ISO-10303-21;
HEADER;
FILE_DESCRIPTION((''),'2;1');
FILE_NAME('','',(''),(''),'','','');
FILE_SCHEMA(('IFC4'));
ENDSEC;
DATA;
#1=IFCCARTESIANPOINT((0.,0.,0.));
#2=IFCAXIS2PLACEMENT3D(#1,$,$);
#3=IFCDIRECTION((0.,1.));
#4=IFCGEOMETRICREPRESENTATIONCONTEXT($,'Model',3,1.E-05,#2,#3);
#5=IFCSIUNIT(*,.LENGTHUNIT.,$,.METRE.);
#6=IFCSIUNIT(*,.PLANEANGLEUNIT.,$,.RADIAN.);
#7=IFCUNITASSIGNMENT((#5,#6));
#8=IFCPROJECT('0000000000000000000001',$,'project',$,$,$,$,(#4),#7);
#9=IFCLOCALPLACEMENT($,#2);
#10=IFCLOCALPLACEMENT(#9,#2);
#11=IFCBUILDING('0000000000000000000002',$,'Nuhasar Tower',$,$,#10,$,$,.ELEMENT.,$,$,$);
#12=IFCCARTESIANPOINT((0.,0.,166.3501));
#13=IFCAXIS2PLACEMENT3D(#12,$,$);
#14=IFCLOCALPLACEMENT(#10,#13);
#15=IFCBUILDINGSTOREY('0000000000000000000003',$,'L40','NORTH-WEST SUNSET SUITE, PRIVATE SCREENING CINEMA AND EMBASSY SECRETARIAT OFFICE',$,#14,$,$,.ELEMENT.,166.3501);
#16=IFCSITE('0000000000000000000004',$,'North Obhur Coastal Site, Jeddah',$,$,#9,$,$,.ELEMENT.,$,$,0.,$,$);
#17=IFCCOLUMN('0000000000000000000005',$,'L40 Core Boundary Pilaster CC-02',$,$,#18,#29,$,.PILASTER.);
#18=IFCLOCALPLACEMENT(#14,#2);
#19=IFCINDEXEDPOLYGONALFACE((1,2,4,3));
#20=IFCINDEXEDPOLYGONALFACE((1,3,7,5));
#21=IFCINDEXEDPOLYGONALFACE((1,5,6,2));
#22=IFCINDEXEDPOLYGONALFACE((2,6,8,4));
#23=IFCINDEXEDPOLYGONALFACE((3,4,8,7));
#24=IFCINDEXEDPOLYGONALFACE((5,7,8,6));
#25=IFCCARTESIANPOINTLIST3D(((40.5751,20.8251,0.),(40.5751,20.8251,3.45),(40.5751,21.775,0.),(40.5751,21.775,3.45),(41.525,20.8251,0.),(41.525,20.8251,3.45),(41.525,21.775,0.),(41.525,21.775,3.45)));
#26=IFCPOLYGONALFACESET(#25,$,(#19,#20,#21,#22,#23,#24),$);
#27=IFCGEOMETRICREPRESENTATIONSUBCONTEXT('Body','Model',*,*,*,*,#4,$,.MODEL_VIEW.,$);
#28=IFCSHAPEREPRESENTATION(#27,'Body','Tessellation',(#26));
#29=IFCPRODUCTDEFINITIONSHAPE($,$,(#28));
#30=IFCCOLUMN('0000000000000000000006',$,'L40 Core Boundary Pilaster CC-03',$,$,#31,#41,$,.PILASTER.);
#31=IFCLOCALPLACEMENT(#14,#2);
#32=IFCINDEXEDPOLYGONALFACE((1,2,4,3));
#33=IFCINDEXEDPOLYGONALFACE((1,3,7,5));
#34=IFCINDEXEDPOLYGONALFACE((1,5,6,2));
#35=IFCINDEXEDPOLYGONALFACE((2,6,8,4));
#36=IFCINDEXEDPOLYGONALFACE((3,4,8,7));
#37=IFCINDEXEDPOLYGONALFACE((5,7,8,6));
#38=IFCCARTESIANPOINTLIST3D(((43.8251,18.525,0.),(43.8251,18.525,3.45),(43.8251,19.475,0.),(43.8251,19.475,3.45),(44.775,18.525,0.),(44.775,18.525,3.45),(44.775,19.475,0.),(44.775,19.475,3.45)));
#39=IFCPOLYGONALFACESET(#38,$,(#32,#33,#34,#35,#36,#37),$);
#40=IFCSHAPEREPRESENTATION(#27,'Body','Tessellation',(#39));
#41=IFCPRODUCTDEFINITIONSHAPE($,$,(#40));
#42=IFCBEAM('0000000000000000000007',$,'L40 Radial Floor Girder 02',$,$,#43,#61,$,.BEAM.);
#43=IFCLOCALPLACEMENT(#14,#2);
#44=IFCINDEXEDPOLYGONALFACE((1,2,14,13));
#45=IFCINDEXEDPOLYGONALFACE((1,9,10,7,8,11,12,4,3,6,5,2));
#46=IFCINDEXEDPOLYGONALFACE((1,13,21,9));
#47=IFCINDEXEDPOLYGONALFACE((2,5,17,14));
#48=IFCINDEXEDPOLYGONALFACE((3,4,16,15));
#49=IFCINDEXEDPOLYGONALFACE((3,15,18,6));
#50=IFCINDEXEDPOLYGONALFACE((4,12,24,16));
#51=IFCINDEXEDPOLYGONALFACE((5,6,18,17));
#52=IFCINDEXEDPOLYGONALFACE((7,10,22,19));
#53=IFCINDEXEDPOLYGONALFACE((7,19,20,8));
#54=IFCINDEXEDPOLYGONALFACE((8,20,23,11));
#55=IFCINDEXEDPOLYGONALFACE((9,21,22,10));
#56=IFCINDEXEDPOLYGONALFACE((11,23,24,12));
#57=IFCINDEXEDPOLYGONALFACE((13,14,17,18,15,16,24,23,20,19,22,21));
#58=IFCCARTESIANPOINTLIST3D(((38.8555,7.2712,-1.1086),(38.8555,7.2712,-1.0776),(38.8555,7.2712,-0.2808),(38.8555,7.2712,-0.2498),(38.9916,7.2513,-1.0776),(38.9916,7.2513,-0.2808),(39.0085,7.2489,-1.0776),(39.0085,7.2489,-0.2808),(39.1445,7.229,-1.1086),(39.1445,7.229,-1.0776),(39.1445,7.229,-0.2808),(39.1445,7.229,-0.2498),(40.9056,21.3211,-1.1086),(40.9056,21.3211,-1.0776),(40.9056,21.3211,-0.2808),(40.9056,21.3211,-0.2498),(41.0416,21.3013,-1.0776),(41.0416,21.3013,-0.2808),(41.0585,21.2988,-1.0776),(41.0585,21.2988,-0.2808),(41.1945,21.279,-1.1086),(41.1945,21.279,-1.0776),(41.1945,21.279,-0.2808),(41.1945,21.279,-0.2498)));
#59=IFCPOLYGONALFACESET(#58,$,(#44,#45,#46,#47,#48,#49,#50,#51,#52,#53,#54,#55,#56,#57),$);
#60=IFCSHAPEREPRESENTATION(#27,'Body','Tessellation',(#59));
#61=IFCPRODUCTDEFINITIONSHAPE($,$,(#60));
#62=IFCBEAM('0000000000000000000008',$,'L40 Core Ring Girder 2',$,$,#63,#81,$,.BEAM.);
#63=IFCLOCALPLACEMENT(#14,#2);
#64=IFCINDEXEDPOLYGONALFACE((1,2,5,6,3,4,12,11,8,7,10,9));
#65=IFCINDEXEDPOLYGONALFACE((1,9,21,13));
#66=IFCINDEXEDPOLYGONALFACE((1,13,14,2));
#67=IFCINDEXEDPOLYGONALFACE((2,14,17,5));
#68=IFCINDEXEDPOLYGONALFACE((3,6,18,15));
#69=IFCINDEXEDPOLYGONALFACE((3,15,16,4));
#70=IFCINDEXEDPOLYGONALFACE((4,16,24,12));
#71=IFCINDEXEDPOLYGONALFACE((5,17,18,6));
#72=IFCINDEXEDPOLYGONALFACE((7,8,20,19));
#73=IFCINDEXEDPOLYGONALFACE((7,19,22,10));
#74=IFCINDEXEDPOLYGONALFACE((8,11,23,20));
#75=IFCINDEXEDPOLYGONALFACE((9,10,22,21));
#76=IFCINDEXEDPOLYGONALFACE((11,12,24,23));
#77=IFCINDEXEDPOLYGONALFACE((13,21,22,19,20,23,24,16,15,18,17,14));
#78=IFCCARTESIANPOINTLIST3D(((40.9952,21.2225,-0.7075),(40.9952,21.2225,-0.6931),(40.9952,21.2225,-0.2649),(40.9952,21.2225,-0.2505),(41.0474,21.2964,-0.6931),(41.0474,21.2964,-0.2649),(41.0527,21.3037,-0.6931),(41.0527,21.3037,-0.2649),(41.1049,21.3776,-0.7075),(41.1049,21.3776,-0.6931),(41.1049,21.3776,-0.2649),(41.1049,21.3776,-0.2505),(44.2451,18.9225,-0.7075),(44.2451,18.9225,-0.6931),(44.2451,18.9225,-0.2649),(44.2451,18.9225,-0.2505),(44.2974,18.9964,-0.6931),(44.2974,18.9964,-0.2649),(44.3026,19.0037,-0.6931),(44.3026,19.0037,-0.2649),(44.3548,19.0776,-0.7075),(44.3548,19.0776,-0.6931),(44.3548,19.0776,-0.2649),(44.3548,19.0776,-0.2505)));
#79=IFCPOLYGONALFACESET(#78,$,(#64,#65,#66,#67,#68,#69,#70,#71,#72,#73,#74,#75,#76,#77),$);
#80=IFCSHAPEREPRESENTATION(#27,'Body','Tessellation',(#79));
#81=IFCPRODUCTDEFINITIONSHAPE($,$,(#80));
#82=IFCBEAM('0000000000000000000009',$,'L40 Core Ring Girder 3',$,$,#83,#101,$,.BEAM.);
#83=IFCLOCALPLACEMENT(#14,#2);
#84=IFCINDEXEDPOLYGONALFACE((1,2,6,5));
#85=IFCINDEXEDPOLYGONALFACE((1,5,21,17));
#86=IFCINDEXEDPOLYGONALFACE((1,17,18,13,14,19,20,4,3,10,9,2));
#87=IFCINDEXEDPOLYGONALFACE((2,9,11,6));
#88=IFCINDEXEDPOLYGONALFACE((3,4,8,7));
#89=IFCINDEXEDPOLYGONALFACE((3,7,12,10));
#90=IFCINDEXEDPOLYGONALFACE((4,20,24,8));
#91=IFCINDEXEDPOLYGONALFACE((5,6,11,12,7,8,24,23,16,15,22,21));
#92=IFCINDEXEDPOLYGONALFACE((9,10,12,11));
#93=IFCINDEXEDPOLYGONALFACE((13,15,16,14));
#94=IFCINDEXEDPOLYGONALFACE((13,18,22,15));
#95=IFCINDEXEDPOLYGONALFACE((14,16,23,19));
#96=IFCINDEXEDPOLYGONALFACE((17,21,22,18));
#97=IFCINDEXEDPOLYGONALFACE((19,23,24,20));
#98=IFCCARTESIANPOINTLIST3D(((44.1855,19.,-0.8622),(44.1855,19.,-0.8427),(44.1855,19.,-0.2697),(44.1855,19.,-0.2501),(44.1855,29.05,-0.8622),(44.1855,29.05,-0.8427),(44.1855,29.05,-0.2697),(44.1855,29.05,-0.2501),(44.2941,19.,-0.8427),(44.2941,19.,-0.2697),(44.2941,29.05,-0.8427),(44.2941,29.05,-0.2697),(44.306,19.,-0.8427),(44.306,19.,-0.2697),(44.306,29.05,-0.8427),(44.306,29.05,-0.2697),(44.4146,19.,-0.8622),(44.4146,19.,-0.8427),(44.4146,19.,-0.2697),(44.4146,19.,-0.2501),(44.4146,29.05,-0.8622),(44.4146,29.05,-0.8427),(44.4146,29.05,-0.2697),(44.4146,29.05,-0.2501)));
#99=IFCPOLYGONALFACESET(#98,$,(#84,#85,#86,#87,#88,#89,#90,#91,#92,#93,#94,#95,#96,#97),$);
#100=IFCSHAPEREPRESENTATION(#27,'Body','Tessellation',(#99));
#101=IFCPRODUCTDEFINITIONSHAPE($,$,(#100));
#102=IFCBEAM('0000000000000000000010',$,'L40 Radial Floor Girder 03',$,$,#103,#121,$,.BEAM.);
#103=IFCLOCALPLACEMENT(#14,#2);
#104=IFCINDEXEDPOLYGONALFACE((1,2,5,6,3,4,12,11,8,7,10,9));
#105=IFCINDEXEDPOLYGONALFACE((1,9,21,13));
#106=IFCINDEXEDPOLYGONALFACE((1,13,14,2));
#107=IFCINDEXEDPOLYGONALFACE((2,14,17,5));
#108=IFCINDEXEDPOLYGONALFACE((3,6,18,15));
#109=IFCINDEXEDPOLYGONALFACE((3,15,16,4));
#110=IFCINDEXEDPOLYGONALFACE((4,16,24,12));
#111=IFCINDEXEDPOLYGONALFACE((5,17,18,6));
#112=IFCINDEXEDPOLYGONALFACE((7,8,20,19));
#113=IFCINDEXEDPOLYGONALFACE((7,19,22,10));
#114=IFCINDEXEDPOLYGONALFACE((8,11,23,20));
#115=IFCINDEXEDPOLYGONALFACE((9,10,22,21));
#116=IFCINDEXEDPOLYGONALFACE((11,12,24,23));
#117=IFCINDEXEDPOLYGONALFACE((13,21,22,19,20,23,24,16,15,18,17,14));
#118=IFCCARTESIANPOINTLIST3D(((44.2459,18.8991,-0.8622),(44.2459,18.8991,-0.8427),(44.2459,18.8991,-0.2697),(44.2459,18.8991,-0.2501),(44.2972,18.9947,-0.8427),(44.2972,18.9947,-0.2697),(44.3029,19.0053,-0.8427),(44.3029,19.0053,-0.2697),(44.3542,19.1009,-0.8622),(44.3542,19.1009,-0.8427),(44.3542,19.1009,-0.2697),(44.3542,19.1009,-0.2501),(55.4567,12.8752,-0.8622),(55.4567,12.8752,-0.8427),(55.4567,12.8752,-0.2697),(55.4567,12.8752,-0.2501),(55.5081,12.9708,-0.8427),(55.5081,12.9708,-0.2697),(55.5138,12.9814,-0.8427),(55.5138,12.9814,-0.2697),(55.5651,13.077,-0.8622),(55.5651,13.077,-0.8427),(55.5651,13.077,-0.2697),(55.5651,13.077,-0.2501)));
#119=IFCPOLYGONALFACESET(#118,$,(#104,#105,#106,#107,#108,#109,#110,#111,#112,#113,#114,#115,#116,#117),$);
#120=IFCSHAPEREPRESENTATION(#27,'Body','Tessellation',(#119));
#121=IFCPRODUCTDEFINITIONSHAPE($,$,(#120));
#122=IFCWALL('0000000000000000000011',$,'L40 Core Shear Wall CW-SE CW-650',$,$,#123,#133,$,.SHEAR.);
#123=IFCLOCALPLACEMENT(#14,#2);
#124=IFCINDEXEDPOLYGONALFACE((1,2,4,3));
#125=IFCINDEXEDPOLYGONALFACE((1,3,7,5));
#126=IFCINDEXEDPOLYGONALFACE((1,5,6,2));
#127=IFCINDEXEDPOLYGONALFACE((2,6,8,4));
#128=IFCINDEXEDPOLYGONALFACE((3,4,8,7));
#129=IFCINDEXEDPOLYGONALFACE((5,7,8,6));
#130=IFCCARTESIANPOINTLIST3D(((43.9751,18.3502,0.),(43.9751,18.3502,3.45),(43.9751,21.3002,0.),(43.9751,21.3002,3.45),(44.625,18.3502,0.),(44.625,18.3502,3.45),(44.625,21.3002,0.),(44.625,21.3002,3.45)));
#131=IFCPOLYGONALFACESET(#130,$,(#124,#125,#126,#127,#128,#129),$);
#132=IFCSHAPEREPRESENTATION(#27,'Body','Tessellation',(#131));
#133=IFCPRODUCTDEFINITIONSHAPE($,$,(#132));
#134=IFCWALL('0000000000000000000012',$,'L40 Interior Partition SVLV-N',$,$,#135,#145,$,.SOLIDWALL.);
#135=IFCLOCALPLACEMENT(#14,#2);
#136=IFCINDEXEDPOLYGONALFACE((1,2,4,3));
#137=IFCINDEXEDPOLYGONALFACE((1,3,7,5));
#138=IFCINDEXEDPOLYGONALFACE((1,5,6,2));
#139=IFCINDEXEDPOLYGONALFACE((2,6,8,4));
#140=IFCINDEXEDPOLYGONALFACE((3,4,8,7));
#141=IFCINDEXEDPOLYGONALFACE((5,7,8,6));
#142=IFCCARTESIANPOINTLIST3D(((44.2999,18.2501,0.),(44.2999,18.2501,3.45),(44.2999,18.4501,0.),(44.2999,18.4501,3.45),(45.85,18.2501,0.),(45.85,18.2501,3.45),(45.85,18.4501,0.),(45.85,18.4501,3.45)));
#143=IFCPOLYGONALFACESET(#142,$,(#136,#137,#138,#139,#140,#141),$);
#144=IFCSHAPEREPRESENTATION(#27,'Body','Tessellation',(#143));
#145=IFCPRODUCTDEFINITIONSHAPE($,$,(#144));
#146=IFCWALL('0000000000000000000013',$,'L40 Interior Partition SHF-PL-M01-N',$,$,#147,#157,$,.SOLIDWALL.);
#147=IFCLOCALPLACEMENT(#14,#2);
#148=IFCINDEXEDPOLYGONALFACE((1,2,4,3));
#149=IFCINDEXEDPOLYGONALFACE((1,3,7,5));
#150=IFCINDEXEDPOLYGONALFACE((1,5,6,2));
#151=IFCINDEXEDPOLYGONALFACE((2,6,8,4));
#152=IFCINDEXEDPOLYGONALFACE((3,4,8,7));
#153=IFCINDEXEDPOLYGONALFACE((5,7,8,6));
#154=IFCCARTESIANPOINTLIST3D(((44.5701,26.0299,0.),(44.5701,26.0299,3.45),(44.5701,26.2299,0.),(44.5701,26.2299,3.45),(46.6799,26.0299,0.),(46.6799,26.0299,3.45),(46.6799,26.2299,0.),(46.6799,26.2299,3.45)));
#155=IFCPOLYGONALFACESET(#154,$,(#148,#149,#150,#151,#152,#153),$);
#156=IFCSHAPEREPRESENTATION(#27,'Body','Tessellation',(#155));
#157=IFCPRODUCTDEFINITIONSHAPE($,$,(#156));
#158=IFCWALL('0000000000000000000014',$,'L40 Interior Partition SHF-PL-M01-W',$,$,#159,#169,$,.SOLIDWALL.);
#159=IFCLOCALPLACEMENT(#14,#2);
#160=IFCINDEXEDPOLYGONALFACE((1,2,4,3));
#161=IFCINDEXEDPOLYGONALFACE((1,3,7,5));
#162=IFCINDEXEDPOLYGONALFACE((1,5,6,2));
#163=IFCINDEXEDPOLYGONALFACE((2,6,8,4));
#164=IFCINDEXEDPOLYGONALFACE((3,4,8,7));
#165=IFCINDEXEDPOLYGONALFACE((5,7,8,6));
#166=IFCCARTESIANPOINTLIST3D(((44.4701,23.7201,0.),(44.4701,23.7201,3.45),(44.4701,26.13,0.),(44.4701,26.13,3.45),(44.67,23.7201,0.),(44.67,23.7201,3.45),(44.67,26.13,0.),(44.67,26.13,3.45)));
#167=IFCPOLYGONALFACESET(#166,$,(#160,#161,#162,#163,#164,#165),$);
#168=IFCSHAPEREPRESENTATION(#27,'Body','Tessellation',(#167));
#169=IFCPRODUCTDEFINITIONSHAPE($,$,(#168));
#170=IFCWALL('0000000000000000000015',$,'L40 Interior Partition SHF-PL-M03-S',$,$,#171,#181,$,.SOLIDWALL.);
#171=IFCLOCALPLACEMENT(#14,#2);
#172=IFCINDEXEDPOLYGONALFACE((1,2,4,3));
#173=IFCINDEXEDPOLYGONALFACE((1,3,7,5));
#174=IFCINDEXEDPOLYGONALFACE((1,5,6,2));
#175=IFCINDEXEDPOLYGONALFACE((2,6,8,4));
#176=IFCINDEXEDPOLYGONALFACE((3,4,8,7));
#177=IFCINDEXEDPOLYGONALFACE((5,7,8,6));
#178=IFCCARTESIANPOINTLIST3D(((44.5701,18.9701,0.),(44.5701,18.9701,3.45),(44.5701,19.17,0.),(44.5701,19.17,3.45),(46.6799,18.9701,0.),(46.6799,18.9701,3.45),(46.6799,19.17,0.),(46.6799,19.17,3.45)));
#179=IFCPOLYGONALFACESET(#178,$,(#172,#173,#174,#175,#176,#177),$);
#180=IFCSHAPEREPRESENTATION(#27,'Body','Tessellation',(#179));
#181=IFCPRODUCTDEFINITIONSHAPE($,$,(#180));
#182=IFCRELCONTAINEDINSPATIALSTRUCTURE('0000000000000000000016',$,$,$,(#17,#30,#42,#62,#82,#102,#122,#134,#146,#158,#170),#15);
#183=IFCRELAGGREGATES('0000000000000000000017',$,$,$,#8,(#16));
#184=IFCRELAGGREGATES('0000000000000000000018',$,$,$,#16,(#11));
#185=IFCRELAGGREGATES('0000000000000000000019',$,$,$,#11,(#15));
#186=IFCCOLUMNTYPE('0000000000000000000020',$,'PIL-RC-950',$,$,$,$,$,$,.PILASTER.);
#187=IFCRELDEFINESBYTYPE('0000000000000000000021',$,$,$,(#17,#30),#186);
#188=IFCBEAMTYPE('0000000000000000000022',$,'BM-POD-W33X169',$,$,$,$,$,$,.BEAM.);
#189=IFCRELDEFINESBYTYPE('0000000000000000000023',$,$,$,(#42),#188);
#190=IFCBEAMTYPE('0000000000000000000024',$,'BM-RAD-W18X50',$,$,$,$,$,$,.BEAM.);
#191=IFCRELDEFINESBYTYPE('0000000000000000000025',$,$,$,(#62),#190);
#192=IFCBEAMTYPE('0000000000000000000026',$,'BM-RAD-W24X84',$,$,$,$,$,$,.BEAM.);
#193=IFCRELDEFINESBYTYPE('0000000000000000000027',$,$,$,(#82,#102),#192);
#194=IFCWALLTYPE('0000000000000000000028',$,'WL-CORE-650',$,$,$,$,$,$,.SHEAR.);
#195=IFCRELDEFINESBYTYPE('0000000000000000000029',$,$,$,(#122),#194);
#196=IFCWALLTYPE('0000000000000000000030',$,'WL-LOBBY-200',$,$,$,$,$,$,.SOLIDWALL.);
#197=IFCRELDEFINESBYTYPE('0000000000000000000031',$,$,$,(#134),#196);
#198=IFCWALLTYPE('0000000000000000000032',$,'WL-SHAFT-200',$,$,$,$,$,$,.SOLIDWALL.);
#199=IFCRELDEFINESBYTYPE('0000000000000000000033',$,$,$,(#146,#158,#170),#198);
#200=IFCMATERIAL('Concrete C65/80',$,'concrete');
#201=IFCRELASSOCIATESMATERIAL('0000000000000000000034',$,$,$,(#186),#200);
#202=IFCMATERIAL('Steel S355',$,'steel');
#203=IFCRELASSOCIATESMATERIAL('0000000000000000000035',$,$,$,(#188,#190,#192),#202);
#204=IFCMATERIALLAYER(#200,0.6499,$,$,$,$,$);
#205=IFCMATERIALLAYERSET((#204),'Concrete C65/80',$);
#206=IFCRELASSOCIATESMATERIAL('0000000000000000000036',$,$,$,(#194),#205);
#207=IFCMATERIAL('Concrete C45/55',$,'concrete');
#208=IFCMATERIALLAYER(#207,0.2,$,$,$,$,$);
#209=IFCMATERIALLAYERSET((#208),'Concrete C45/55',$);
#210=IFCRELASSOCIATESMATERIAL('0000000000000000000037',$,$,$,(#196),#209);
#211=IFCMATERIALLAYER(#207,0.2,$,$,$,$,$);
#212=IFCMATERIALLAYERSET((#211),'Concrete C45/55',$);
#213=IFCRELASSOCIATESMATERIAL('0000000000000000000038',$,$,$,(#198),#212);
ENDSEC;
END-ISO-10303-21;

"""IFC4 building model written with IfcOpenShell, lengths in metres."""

from ifc_helpers import new_model, si_unit, direction, frame, frame_2d, origin, origin_2d, place, context, subcontext, project, spatial, rectangle, i_section, extrude, material, layer, layer_set, material_profile, profile_set, type_object, element, save


model = new_model("IFC4")

# Units and contexts
model_context = context("Model", 3, precision=1e-05, world=origin(), true_north=direction((0.0, 1.0)))
body_context = subcontext(model_context, "Body", "Model", "MODEL_VIEW")
ifc_project = project(units=[si_unit("LENGTHUNIT", "METRE"), si_unit("PLANEANGLEUNIT", "RADIAN")], contexts=[model_context])

# Site, building, storey
site_placement = place(None, origin())
site = spatial("IfcSite", under=ifc_project, at=site_placement, Name="North Obhur Coastal Site, Jeddah", CompositionType="ELEMENT", RefElevation=0.0)
building_placement = place(site_placement, origin())
building = spatial("IfcBuilding", under=site, at=building_placement, Name="Nuhasar Tower", CompositionType="ELEMENT")
storey_placement = place(building_placement, frame((0.0, 0.0, 166.3501)))
storey = spatial("IfcBuildingStorey", under=building, at=storey_placement, Name="L40", Description="NORTH-WEST SUNSET SUITE, PRIVATE SCREENING CINEMA AND EMBASSY SECRETARIAT OFFICE", CompositionType="ELEMENT", Elevation=166.3501)

# Columns
ifc_material_1 = material(Name="Concrete C65/80", Category="concrete")
ifc_material_profile_1 = material_profile(ifc_material_1, rectangle(XDim=0.95, YDim=0.95, at=origin_2d()), Name="RC950X950")
ifc_profile_set_1 = profile_set([ifc_material_profile_1], Name="Concrete C65/80")
column_type = type_object("IfcColumnType", Name="PIL-RC-950", PredefinedType="PILASTER", material=ifc_profile_set_1)
for number, where, z_axis, x_axis, name in (
    (1, (41.05, 21.3, 0.0), (0.0, 0.0, 1.0), (1.0, 0.0, 0.0), "L40 Core Boundary Pilaster CC-02"),
    (2, (44.3, 19.0, 0.0), (0.0, 0.0, 1.0), (1.0, 0.0, 0.0), "L40 Core Boundary Pilaster CC-03"),
):
    element("IfcColumn", number, at=place(storey_placement, frame(where, z_axis=z_axis, x_axis=x_axis)), inside=storey, type_object=column_type, Name=name, PredefinedType="PILASTER", context=body_context, shape_type="SweptSolid", body=[
        extrude(rectangle(XDim=0.95, YDim=0.95, at=origin_2d()), origin(), (0.0, 0.0, 1.0), 3.45),
    ])

# Beams
ifc_material_2 = material(Name="Steel S355", Category="steel")
ifc_material_profile_2 = material_profile(ifc_material_2, i_section(OverallWidth=0.292, OverallDepth=0.8589, WebThickness=0.0171, FlangeThickness=0.031, at=origin_2d()), Name="W33X169")
ifc_profile_set_2 = profile_set([ifc_material_profile_2], Name="Steel S355")
beam_type_1 = type_object("IfcBeamType", Name="BM-POD-W33X169", PredefinedType="BEAM", material=ifc_profile_set_2)
beam_1_placement = place(storey_placement, frame((41.05, 21.3, -0.6792), z_axis=(-0.144382, -0.989522, 0.0), x_axis=(0.989522, -0.144382, 0.0)))
element("IfcBeam", 3, at=beam_1_placement, inside=storey, type_object=beam_type_1, Name="L40 Radial Floor Girder 02", PredefinedType="BEAM", context=body_context, shape_type="SweptSolid", body=[
    extrude(i_section(OverallWidth=0.292, OverallDepth=0.8589, WebThickness=0.0171, FlangeThickness=0.031, at=origin_2d()), origin(), (0.0, 0.0, 1.0), 14.1987),
])
ifc_material_profile_3 = material_profile(ifc_material_2, i_section(OverallWidth=0.1899, OverallDepth=0.457, WebThickness=0.009, FlangeThickness=0.0144, at=origin_2d()), Name="W18X50")
ifc_profile_set_3 = profile_set([ifc_material_profile_3], Name="Steel S355")
beam_type_2 = type_object("IfcBeamType", Name="BM-RAD-W18X50", PredefinedType="BEAM", material=ifc_profile_set_3)
beam_2_placement = place(storey_placement, frame((41.05, 21.3, -0.479), z_axis=(0.816265, -0.577677, 0.0), x_axis=(0.577677, 0.816265, 0.0)))
element("IfcBeam", 4, at=beam_2_placement, inside=storey, type_object=beam_type_2, Name="L40 Core Ring Girder 2", PredefinedType="BEAM", context=body_context, shape_type="SweptSolid", body=[
    extrude(i_section(OverallWidth=0.1899, OverallDepth=0.457, WebThickness=0.009, FlangeThickness=0.0144, at=origin_2d()), origin(), (0.0, 0.0, 1.0), 3.9814),
])
ifc_material_profile_4 = material_profile(ifc_material_2, i_section(OverallWidth=0.229, OverallDepth=0.6121, WebThickness=0.012, FlangeThickness=0.0195, at=origin_2d()), Name="W24X84")
ifc_profile_set_4 = profile_set([ifc_material_profile_4], Name="Steel S355")
beam_type_3 = type_object("IfcBeamType", Name="BM-RAD-W24X84", PredefinedType="BEAM", material=ifc_profile_set_4)
beam_3_placement = place(storey_placement, frame((44.3, 19.0, -0.5562), z_axis=(0.0, 1.0, 0.0), x_axis=(-1.0, 0.0, 0.0)))
element("IfcBeam", 5, at=beam_3_placement, inside=storey, type_object=beam_type_3, Name="L40 Core Ring Girder 3", PredefinedType="BEAM", context=body_context, shape_type="SweptSolid", body=[
    extrude(i_section(OverallWidth=0.229, OverallDepth=0.6121, WebThickness=0.012, FlangeThickness=0.0195, at=origin_2d()), origin(), (0.0, 0.0, 1.0), 10.05),
])
beam_4_placement = place(storey_placement, frame((44.3, 19.0, -0.5562), z_axis=(0.880888, -0.473324, 0.0), x_axis=(0.473324, 0.880888, 0.0)))
element("IfcBeam", 6, at=beam_4_placement, inside=storey, type_object=beam_type_3, Name="L40 Radial Floor Girder 03", PredefinedType="BEAM", context=body_context, shape_type="SweptSolid", body=[
    extrude(i_section(OverallWidth=0.229, OverallDepth=0.6121, WebThickness=0.012, FlangeThickness=0.0195, at=origin_2d()), origin(), (0.0, 0.0, 1.0), 12.7268),
])

# Wall
ifc_layer_1 = layer(ifc_material_1, 0.6499)
ifc_layer_set_1 = layer_set([ifc_layer_1], Name="Concrete C65/80")
wall_type_1 = type_object("IfcWallType", Name="WL-CORE-650", PredefinedType="SHEAR", material=ifc_layer_set_1)
wall_1_placement = place(storey_placement, frame((44.3, 18.3501, 0.0), z_axis=(0.0, 0.0, 1.0), x_axis=(0.0, 1.0, 0.0)))
element("IfcWall", 7, at=wall_1_placement, inside=storey, type_object=wall_type_1, Name="L40 Core Shear Wall CW-SE CW-650", PredefinedType="SHEAR", context=body_context, shape_type="SweptSolid", body=[
    extrude(rectangle(XDim=2.95, YDim=0.6499, at=frame_2d((1.4751, 0.0))), origin(), (0.0, 0.0, 1.0), 3.45),
])

# Shared definitions
ifc_material_3 = material(Name="Concrete C45/55", Category="concrete")
ifc_layer_2 = layer(ifc_material_3, 0.2)
ifc_layer_set_2 = layer_set([ifc_layer_2], Name="Concrete C45/55")
wall_type_2 = type_object("IfcWallType", Name="WL-LOBBY-200", PredefinedType="SOLIDWALL", material=ifc_layer_set_2)

# Wall
wall_2_placement = place(storey_placement, frame((44.3, 18.3501, 0.0), z_axis=(0.0, 0.0, 1.0), x_axis=(1.0, 0.0, 0.0)))
element("IfcWall", 8, at=wall_2_placement, inside=storey, type_object=wall_type_2, Name="L40 Interior Partition SVLV-N", PredefinedType="SOLIDWALL", context=body_context, shape_type="SweptSolid", body=[
    extrude(rectangle(XDim=1.55, YDim=0.2, at=frame_2d((0.7749, 0.0))), origin(), (0.0, 0.0, 1.0), 3.45),
])

# Shared definitions
ifc_layer_3 = layer(ifc_material_3, 0.2)
ifc_layer_set_3 = layer_set([ifc_layer_3], Name="Concrete C45/55")
wall_type_3 = type_object("IfcWallType", Name="WL-SHAFT-200", PredefinedType="SOLIDWALL", material=ifc_layer_set_3)

# Walls
wall_3_placement = place(storey_placement, frame((44.5701, 26.1299, 0.0), z_axis=(0.0, 0.0, 1.0), x_axis=(1.0, 0.0, 0.0)))
element("IfcWall", 9, at=wall_3_placement, inside=storey, type_object=wall_type_3, Name="L40 Interior Partition SHF-PL-M01-N", PredefinedType="SOLIDWALL", context=body_context, shape_type="SweptSolid", body=[
    extrude(rectangle(XDim=2.1099, YDim=0.2, at=frame_2d((1.0549, 0.0))), origin(), (0.0, 0.0, 1.0), 3.45),
])
wall_4_placement = place(storey_placement, frame((44.5701, 23.72, 0.0), z_axis=(0.0, 0.0, 1.0), x_axis=(0.0, 1.0, 0.0)))
element("IfcWall", 10, at=wall_4_placement, inside=storey, type_object=wall_type_3, Name="L40 Interior Partition SHF-PL-M01-W", PredefinedType="SOLIDWALL", context=body_context, shape_type="SweptSolid", body=[
    extrude(rectangle(XDim=2.4099, YDim=0.2, at=frame_2d((1.2051, 0.0))), origin(), (0.0, 0.0, 1.0), 3.45),
])
wall_5_placement = place(storey_placement, frame((44.5701, 19.0701, 0.0), z_axis=(0.0, 0.0, 1.0), x_axis=(1.0, 0.0, 0.0)))
element("IfcWall", 11, at=wall_5_placement, inside=storey, type_object=wall_type_3, Name="L40 Interior Partition SHF-PL-M03-S", PredefinedType="SOLIDWALL", context=body_context, shape_type="SweptSolid", body=[
    extrude(rectangle(XDim=2.1099, YDim=0.2, at=frame_2d((1.0549, 0.0))), origin(), (0.0, 0.0, 1.0), 3.45),
])

save(model, "model.ifc")
